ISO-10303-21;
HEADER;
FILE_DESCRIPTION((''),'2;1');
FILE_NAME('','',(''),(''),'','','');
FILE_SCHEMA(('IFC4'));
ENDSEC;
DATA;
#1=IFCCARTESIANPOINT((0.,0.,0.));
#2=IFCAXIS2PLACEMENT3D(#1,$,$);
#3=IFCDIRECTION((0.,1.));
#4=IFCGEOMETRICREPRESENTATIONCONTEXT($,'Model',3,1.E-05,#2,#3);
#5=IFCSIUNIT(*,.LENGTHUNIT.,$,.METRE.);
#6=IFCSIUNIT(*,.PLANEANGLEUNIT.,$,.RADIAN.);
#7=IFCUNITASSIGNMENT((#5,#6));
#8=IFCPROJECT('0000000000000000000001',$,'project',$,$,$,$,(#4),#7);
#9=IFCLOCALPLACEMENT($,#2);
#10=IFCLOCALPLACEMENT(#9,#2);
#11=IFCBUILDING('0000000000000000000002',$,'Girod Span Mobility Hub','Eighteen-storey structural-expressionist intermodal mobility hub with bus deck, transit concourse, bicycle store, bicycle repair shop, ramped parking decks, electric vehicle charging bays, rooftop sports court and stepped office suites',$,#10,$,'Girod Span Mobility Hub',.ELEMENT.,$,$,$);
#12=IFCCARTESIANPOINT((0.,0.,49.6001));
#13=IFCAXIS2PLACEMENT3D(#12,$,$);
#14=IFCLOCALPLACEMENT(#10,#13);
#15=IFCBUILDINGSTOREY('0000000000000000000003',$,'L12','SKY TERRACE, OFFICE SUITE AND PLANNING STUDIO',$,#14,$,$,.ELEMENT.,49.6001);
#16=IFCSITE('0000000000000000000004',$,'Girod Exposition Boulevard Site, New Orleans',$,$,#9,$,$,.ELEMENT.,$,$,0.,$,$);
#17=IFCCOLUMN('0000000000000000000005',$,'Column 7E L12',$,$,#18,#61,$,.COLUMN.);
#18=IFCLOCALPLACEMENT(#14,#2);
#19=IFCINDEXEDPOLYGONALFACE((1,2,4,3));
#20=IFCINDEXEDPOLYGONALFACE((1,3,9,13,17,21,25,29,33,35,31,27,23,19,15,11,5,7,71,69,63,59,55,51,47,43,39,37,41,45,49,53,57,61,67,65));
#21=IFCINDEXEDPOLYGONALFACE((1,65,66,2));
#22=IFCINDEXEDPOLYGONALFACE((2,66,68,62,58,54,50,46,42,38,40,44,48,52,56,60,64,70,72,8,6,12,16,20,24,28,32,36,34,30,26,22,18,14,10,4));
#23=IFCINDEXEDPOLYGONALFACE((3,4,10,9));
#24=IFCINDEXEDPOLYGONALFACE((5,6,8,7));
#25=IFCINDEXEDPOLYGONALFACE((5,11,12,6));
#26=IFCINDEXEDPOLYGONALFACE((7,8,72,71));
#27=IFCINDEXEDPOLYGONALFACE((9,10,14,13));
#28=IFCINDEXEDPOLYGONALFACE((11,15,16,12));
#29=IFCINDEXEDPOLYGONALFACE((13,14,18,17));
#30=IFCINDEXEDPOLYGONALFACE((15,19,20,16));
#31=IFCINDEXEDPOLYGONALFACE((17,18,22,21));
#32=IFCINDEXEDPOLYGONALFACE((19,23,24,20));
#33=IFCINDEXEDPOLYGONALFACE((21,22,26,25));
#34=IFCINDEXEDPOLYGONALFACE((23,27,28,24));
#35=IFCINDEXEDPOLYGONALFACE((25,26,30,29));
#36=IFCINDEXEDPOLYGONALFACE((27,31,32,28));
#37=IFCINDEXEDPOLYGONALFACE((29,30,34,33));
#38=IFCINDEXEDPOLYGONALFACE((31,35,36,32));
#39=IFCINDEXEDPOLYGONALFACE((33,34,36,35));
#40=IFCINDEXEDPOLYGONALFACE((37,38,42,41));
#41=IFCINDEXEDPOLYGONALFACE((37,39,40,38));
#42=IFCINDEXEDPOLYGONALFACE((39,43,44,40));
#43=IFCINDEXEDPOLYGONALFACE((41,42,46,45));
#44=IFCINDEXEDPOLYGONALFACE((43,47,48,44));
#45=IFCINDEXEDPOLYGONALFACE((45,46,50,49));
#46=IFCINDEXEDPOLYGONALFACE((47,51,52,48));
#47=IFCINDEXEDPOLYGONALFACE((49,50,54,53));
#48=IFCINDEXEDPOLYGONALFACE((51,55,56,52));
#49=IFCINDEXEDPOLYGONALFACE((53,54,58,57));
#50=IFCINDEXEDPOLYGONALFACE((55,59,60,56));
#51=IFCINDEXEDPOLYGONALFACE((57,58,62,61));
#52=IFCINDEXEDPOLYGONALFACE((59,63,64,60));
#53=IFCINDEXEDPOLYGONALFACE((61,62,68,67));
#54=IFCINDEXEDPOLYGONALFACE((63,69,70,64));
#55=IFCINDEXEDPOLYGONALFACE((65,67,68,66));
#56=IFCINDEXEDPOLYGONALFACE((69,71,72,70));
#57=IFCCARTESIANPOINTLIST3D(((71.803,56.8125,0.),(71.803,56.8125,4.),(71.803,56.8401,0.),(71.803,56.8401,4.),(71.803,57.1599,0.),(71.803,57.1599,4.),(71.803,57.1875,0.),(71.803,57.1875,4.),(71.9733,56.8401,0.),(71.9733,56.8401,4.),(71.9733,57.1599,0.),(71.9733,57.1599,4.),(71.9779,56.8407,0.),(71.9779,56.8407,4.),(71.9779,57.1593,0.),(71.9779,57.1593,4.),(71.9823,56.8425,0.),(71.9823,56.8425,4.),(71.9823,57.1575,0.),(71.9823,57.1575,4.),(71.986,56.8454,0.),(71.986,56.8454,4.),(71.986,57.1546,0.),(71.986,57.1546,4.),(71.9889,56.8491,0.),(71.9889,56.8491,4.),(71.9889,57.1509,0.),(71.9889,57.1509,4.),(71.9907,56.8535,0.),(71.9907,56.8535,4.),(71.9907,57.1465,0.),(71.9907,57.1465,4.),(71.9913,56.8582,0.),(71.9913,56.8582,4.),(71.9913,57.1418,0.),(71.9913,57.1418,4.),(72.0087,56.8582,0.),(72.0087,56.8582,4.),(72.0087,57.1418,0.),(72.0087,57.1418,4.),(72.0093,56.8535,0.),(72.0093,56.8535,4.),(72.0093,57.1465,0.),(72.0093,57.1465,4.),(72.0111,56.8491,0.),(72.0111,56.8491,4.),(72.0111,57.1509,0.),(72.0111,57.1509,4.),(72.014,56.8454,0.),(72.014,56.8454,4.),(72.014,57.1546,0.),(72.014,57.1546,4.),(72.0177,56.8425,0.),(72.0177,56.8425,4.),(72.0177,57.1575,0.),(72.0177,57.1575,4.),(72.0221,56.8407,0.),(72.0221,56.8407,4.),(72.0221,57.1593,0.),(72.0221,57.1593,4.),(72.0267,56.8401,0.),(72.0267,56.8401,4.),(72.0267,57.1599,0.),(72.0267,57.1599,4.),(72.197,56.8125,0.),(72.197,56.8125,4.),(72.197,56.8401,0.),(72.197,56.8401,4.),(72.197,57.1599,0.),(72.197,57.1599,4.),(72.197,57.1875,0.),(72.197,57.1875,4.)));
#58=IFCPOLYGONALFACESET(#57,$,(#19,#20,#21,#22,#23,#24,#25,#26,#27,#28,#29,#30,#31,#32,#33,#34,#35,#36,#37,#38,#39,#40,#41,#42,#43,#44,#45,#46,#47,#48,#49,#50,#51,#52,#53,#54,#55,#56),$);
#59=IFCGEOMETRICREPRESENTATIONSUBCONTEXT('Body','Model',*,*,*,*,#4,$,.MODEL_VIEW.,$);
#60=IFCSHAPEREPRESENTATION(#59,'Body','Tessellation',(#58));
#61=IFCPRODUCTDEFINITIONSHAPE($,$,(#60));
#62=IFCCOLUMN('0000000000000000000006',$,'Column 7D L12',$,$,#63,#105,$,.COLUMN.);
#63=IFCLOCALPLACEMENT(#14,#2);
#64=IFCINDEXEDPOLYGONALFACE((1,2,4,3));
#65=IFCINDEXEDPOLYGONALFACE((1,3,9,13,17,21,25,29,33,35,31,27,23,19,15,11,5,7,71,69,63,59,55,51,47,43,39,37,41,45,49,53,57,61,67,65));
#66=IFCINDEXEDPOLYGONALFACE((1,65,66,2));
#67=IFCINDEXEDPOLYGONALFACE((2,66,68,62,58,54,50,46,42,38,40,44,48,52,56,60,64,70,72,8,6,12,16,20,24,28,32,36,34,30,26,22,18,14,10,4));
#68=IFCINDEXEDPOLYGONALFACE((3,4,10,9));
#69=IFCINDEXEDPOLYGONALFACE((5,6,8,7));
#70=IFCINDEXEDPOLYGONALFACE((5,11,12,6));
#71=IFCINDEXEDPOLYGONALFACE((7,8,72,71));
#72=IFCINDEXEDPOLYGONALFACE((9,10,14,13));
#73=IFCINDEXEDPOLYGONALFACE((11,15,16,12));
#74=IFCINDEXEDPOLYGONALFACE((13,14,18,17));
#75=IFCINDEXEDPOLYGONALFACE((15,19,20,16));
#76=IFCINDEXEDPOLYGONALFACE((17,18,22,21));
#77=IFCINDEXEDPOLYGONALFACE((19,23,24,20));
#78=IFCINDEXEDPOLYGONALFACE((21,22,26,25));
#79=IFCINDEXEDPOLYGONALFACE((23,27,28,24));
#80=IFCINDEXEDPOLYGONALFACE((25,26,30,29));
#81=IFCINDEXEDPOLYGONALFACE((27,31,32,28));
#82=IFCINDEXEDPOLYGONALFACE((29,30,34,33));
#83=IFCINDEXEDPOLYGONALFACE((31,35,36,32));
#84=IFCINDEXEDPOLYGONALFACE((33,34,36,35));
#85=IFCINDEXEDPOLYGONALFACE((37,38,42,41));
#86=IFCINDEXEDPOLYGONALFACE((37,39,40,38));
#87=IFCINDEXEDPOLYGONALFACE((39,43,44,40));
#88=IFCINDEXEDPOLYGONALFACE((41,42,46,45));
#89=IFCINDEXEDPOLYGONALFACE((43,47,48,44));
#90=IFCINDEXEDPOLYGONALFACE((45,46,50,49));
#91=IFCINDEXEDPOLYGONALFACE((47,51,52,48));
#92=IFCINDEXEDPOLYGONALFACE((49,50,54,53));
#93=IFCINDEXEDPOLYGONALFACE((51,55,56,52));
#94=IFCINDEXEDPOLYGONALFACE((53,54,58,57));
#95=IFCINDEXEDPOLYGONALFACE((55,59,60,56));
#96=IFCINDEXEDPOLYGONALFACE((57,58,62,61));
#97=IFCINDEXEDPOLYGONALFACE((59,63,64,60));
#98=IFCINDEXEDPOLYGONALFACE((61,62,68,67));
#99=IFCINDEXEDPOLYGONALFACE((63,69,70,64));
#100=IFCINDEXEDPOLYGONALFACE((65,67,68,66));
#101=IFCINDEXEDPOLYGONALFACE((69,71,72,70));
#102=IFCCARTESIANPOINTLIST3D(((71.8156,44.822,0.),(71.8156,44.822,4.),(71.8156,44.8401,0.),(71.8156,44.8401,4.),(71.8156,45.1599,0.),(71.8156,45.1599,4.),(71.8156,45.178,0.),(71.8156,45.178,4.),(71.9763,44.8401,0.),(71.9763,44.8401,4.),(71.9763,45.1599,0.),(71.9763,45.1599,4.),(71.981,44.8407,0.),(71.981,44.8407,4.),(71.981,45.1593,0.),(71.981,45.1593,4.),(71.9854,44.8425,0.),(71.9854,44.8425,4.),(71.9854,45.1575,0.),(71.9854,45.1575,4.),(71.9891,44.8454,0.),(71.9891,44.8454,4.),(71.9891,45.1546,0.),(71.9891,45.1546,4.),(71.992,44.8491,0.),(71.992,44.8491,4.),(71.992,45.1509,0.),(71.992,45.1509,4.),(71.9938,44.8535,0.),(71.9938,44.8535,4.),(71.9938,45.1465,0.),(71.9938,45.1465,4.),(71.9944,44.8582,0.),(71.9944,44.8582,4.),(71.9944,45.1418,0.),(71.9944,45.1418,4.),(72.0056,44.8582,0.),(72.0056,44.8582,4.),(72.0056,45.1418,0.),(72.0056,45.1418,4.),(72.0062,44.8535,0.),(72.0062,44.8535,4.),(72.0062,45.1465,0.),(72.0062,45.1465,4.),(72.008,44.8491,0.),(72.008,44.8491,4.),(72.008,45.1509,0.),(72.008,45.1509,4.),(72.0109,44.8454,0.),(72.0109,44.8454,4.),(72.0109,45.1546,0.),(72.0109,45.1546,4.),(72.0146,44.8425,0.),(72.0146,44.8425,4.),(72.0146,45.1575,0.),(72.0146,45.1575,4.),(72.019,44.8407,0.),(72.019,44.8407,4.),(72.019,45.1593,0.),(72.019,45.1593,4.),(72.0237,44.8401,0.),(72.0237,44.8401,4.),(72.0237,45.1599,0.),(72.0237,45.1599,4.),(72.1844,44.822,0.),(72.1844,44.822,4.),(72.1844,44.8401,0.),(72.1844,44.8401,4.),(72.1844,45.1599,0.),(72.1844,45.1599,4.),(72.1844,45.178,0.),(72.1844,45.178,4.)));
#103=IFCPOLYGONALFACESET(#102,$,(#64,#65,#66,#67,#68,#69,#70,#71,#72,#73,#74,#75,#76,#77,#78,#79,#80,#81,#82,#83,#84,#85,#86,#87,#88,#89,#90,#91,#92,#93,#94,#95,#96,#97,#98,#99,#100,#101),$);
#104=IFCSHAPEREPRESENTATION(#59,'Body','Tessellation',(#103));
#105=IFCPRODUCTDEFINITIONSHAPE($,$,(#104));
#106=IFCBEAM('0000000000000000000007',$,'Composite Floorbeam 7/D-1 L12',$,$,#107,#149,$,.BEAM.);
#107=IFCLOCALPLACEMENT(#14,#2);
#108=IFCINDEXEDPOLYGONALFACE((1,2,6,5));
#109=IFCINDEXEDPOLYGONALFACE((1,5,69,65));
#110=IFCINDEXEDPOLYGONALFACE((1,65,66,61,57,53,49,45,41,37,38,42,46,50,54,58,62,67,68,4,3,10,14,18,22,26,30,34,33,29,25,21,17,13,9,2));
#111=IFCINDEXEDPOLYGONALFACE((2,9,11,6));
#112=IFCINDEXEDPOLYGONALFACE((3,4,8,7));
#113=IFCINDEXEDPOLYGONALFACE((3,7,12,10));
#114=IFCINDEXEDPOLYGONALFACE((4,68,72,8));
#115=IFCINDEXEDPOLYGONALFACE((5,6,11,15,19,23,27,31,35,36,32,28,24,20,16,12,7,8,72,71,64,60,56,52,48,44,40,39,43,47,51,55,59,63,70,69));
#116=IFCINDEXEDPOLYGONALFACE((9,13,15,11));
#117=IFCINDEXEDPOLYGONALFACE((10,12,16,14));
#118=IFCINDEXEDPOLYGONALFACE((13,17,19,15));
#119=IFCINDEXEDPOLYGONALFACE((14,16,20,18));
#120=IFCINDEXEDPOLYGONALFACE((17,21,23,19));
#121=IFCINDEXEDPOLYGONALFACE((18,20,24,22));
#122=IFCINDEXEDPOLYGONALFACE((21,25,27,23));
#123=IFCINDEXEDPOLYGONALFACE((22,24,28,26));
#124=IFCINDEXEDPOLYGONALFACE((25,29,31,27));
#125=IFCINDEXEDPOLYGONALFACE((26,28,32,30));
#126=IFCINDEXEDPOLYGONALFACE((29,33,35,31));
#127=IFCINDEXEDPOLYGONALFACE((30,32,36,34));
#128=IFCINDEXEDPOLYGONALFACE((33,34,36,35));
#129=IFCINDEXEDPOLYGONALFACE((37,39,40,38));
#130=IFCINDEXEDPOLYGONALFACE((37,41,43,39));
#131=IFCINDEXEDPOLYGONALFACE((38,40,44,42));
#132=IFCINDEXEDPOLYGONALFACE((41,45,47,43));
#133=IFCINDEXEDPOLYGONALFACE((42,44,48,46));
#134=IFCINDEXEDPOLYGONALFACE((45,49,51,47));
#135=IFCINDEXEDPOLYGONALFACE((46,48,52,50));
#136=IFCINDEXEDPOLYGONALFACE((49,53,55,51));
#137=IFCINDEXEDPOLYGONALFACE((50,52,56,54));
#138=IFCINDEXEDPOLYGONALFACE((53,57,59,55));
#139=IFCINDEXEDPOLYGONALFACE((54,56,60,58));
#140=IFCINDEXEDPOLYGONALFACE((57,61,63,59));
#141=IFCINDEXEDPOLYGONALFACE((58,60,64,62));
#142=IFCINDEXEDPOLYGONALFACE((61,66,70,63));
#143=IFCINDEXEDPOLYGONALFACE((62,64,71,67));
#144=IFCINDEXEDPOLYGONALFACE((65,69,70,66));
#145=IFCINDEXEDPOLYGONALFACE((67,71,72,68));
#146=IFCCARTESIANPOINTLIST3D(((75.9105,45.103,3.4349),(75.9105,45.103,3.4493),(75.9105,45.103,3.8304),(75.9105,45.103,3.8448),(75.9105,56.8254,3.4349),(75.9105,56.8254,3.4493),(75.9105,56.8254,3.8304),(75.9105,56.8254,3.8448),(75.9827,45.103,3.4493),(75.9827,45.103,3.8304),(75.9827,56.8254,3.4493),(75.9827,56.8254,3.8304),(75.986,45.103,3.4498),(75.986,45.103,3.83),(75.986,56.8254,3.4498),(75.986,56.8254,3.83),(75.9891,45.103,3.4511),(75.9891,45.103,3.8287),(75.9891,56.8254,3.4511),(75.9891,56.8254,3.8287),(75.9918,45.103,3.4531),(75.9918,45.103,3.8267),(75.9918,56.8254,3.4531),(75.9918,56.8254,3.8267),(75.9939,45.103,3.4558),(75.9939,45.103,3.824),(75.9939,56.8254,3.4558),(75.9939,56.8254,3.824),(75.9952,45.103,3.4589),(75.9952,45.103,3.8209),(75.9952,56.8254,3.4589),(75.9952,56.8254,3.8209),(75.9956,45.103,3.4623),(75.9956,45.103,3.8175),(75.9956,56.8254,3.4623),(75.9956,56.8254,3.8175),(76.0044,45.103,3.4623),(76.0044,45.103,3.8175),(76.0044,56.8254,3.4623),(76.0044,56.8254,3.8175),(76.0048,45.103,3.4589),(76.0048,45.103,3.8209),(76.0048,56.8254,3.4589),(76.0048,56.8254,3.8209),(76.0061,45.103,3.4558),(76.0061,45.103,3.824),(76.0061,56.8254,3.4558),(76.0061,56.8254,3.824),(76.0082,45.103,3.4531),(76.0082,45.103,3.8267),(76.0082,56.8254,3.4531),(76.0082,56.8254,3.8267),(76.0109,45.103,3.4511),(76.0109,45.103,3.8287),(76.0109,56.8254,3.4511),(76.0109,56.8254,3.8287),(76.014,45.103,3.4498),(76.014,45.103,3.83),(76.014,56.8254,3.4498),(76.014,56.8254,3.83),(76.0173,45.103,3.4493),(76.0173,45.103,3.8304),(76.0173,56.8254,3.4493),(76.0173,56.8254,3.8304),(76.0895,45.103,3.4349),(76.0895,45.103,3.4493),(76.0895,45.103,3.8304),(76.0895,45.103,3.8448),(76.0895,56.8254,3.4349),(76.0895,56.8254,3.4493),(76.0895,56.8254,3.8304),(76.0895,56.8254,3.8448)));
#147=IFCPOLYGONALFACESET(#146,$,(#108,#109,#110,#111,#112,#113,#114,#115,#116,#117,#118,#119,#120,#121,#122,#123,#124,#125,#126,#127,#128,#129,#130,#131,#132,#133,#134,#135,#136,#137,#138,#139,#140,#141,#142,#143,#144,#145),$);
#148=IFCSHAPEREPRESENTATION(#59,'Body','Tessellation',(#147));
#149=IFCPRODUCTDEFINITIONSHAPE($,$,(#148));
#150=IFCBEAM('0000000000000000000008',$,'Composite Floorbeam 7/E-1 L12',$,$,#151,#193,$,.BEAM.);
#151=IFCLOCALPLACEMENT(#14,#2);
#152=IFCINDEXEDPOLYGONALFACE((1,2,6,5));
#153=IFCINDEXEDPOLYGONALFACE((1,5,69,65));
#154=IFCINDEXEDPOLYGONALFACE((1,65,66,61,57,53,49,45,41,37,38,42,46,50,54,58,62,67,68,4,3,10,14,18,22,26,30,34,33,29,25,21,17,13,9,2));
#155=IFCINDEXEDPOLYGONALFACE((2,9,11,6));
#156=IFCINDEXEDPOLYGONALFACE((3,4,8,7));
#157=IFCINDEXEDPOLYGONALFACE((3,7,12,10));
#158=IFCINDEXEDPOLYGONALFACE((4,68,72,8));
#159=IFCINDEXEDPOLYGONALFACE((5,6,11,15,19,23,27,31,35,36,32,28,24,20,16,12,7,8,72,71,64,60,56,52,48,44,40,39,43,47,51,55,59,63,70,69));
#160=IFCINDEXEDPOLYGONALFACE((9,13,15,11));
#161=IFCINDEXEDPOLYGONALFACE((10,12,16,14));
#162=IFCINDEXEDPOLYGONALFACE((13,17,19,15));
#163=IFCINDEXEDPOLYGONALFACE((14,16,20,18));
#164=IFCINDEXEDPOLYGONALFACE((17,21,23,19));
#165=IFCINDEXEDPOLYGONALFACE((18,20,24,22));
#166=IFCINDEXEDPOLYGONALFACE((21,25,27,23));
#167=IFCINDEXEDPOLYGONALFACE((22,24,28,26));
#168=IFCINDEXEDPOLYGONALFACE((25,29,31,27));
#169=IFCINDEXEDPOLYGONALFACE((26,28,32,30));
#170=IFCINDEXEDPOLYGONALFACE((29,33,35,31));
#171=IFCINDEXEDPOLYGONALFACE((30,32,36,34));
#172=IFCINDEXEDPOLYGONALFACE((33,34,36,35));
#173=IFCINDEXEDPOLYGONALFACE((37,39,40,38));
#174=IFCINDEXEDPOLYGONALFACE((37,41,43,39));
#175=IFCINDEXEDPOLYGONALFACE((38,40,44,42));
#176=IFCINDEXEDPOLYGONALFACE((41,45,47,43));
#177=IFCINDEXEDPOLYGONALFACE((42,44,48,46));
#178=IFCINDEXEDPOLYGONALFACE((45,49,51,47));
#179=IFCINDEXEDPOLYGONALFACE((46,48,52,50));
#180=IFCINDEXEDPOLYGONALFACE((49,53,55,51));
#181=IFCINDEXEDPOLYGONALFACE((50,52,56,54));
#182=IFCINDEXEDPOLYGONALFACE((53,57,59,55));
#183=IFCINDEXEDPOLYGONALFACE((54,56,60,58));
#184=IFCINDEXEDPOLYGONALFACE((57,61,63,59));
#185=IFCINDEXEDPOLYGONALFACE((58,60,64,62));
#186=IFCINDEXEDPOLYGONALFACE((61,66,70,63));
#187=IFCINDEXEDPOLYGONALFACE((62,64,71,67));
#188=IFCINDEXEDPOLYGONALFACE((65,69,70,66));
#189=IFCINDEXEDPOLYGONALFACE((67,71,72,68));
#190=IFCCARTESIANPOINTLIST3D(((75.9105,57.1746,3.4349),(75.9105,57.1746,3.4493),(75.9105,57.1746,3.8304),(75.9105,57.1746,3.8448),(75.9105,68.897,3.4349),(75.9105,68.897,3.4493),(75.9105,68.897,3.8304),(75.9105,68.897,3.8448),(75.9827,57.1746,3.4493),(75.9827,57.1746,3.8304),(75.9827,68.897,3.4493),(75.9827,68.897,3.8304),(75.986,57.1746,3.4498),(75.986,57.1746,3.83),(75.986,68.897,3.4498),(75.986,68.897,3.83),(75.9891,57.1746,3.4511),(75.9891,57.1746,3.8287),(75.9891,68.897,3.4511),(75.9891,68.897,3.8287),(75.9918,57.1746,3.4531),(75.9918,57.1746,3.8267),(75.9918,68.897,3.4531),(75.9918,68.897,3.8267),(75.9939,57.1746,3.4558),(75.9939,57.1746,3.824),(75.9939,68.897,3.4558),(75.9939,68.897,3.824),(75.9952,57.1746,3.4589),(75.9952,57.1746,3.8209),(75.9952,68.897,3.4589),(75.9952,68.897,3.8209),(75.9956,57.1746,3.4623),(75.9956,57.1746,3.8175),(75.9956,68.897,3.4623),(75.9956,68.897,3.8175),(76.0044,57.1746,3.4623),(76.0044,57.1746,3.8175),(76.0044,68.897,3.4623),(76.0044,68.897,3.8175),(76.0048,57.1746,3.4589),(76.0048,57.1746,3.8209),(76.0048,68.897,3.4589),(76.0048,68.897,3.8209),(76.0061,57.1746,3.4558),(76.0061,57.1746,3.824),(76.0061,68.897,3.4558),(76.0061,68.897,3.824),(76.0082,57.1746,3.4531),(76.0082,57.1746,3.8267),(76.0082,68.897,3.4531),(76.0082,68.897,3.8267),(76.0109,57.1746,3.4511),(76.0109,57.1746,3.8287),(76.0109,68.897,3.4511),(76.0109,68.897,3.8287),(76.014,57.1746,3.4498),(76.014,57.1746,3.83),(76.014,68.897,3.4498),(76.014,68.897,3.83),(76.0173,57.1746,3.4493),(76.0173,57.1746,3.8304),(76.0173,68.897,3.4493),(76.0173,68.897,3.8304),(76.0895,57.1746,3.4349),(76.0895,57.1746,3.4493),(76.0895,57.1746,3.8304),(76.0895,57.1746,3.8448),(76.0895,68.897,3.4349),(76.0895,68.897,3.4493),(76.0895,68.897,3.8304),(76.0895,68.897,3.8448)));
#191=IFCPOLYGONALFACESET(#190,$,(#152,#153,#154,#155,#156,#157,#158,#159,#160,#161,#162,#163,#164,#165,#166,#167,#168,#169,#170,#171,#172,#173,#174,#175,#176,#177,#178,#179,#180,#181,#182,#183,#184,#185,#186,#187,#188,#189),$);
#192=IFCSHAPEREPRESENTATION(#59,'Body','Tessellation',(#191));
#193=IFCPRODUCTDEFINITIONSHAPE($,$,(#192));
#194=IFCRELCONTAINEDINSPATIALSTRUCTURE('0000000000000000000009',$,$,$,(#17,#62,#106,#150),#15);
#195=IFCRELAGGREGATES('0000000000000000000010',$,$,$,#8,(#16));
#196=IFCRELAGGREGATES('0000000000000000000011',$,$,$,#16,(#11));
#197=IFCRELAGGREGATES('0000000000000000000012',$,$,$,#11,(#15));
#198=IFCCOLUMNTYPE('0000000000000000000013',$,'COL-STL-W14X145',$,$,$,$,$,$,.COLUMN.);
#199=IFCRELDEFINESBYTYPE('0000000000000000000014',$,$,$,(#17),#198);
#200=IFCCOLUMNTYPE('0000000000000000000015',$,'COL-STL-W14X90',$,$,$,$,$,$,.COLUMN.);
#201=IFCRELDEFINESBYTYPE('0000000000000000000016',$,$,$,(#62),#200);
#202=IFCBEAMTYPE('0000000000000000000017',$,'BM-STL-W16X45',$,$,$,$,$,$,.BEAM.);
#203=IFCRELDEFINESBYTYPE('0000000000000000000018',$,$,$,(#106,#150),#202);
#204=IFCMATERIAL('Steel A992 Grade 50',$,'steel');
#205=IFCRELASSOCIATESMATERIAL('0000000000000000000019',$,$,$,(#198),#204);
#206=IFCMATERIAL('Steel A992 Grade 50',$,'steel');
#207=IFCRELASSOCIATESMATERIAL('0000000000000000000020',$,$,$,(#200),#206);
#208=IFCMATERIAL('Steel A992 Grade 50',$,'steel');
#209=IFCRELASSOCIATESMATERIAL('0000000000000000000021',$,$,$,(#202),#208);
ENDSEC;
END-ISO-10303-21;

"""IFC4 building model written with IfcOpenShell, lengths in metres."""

from ifc_helpers import new_model, si_unit, direction, frame, origin, origin_2d, place, context, subcontext, project, spatial, i_section, extrude, material, material_profile, profile_set, type_object, element, save


model = new_model("IFC4")

# Units and contexts
model_context = context("Model", 3, precision=1e-05, world=origin(), true_north=direction((0.0, 1.0)))
body_context = subcontext(model_context, "Body", "Model", "MODEL_VIEW")
ifc_project = project(units=[si_unit("LENGTHUNIT", "METRE"), si_unit("PLANEANGLEUNIT", "RADIAN")], contexts=[model_context])

# Site, building, storey
site_placement = place(None, origin())
site = spatial("IfcSite", under=ifc_project, at=site_placement, Name="Girod Exposition Boulevard Site, New Orleans", CompositionType="ELEMENT", RefElevation=0.0)
building_placement = place(site_placement, origin())
building = spatial("IfcBuilding", under=site, at=building_placement, Name="Girod Span Mobility Hub", Description="Eighteen-storey structural-expressionist intermodal mobility hub with bus deck, transit concourse, bicycle store, bicycle repair shop, ramped parking decks, electric vehicle charging bays, rooftop sports court and stepped office suites", LongName="Girod Span Mobility Hub", CompositionType="ELEMENT")
storey_placement = place(building_placement, frame((0.0, 0.0, 49.6001)))
storey = spatial("IfcBuildingStorey", under=building, at=storey_placement, Name="L12", Description="SKY TERRACE, OFFICE SUITE AND PLANNING STUDIO", CompositionType="ELEMENT", Elevation=49.6001)

# Columns
ifc_material_1 = material(Name="Steel A992 Grade 50", Category="steel")
ifc_material_profile_1 = material_profile(ifc_material_1, i_section(OverallWidth=0.394, OverallDepth=0.375, WebThickness=0.0173, FlangeThickness=0.0276, FilletRadius=0.0181, at=origin_2d()), Name="W14X145")
ifc_profile_set_1 = profile_set([ifc_material_profile_1], Name="Steel A992 Grade 50")
column_type_1 = type_object("IfcColumnType", Name="COL-STL-W14X145", PredefinedType="COLUMN", material=ifc_profile_set_1)
column_1_placement = place(storey_placement, frame((72.0, 57.0, 0.0), z_axis=(0.0, 0.0, 1.0), x_axis=(1.0, 0.0, 0.0)))
element("IfcColumn", 1, at=column_1_placement, inside=storey, type_object=column_type_1, Name="Column 7E L12", PredefinedType="COLUMN", context=body_context, shape_type="SweptSolid", body=[
    extrude(i_section(OverallWidth=0.394, OverallDepth=0.375, WebThickness=0.0173, FlangeThickness=0.0276, FilletRadius=0.0181, at=origin_2d()), origin(), (0.0, 0.0, 1.0), 4.0),
])
ifc_material_2 = material(Name="Steel A992 Grade 50", Category="steel")
ifc_material_profile_2 = material_profile(ifc_material_2, i_section(OverallWidth=0.3689, OverallDepth=0.356, WebThickness=0.0112, FlangeThickness=0.0181, FilletRadius=0.0181, at=origin_2d()), Name="W14X90")
ifc_profile_set_2 = profile_set([ifc_material_profile_2], Name="Steel A992 Grade 50")
column_type_2 = type_object("IfcColumnType", Name="COL-STL-W14X90", PredefinedType="COLUMN", material=ifc_profile_set_2)
column_2_placement = place(storey_placement, frame((72.0, 45.0, 0.0), z_axis=(0.0, 0.0, 1.0), x_axis=(1.0, 0.0, 0.0)))
element("IfcColumn", 2, at=column_2_placement, inside=storey, type_object=column_type_2, Name="Column 7D L12", PredefinedType="COLUMN", context=body_context, shape_type="SweptSolid", body=[
    extrude(i_section(OverallWidth=0.3689, OverallDepth=0.356, WebThickness=0.0112, FlangeThickness=0.0181, FilletRadius=0.0181, at=origin_2d()), origin(), (0.0, 0.0, 1.0), 4.0),
])

# Beams
ifc_material_3 = material(Name="Steel A992 Grade 50", Category="steel")
ifc_material_profile_3 = material_profile(ifc_material_3, i_section(OverallWidth=0.179, OverallDepth=0.4099, WebThickness=0.0088, FlangeThickness=0.0144, FilletRadius=0.0129, at=origin_2d()), Name="W16X45")
ifc_profile_set_3 = profile_set([ifc_material_profile_3], Name="Steel A992 Grade 50")
beam_type_1 = type_object("IfcBeamType", Name="BM-STL-W16X45", PredefinedType="BEAM", material=ifc_profile_set_3)
for number, where, z_axis, x_axis, name in (
    (3, (76.0, 45.103, 3.6399), (0.0, 1.0, 0.0), (-1.0, 0.0, 0.0), "Composite Floorbeam 7/D-1 L12"),
    (4, (76.0, 57.1746, 3.6399), (0.0, 1.0, 0.0), (-1.0, 0.0, 0.0), "Composite Floorbeam 7/E-1 L12"),
):
    element("IfcBeam", number, at=place(storey_placement, frame(where, z_axis=z_axis, x_axis=x_axis)), inside=storey, type_object=beam_type_1, Name=name, PredefinedType="BEAM", context=body_context, shape_type="SweptSolid", body=[
        extrude(i_section(OverallWidth=0.179, OverallDepth=0.4099, WebThickness=0.0088, FlangeThickness=0.0144, FilletRadius=0.0129, at=origin_2d()), origin(), (0.0, 0.0, 1.0), 11.7224),
    ])

save(model, "model.ifc")
